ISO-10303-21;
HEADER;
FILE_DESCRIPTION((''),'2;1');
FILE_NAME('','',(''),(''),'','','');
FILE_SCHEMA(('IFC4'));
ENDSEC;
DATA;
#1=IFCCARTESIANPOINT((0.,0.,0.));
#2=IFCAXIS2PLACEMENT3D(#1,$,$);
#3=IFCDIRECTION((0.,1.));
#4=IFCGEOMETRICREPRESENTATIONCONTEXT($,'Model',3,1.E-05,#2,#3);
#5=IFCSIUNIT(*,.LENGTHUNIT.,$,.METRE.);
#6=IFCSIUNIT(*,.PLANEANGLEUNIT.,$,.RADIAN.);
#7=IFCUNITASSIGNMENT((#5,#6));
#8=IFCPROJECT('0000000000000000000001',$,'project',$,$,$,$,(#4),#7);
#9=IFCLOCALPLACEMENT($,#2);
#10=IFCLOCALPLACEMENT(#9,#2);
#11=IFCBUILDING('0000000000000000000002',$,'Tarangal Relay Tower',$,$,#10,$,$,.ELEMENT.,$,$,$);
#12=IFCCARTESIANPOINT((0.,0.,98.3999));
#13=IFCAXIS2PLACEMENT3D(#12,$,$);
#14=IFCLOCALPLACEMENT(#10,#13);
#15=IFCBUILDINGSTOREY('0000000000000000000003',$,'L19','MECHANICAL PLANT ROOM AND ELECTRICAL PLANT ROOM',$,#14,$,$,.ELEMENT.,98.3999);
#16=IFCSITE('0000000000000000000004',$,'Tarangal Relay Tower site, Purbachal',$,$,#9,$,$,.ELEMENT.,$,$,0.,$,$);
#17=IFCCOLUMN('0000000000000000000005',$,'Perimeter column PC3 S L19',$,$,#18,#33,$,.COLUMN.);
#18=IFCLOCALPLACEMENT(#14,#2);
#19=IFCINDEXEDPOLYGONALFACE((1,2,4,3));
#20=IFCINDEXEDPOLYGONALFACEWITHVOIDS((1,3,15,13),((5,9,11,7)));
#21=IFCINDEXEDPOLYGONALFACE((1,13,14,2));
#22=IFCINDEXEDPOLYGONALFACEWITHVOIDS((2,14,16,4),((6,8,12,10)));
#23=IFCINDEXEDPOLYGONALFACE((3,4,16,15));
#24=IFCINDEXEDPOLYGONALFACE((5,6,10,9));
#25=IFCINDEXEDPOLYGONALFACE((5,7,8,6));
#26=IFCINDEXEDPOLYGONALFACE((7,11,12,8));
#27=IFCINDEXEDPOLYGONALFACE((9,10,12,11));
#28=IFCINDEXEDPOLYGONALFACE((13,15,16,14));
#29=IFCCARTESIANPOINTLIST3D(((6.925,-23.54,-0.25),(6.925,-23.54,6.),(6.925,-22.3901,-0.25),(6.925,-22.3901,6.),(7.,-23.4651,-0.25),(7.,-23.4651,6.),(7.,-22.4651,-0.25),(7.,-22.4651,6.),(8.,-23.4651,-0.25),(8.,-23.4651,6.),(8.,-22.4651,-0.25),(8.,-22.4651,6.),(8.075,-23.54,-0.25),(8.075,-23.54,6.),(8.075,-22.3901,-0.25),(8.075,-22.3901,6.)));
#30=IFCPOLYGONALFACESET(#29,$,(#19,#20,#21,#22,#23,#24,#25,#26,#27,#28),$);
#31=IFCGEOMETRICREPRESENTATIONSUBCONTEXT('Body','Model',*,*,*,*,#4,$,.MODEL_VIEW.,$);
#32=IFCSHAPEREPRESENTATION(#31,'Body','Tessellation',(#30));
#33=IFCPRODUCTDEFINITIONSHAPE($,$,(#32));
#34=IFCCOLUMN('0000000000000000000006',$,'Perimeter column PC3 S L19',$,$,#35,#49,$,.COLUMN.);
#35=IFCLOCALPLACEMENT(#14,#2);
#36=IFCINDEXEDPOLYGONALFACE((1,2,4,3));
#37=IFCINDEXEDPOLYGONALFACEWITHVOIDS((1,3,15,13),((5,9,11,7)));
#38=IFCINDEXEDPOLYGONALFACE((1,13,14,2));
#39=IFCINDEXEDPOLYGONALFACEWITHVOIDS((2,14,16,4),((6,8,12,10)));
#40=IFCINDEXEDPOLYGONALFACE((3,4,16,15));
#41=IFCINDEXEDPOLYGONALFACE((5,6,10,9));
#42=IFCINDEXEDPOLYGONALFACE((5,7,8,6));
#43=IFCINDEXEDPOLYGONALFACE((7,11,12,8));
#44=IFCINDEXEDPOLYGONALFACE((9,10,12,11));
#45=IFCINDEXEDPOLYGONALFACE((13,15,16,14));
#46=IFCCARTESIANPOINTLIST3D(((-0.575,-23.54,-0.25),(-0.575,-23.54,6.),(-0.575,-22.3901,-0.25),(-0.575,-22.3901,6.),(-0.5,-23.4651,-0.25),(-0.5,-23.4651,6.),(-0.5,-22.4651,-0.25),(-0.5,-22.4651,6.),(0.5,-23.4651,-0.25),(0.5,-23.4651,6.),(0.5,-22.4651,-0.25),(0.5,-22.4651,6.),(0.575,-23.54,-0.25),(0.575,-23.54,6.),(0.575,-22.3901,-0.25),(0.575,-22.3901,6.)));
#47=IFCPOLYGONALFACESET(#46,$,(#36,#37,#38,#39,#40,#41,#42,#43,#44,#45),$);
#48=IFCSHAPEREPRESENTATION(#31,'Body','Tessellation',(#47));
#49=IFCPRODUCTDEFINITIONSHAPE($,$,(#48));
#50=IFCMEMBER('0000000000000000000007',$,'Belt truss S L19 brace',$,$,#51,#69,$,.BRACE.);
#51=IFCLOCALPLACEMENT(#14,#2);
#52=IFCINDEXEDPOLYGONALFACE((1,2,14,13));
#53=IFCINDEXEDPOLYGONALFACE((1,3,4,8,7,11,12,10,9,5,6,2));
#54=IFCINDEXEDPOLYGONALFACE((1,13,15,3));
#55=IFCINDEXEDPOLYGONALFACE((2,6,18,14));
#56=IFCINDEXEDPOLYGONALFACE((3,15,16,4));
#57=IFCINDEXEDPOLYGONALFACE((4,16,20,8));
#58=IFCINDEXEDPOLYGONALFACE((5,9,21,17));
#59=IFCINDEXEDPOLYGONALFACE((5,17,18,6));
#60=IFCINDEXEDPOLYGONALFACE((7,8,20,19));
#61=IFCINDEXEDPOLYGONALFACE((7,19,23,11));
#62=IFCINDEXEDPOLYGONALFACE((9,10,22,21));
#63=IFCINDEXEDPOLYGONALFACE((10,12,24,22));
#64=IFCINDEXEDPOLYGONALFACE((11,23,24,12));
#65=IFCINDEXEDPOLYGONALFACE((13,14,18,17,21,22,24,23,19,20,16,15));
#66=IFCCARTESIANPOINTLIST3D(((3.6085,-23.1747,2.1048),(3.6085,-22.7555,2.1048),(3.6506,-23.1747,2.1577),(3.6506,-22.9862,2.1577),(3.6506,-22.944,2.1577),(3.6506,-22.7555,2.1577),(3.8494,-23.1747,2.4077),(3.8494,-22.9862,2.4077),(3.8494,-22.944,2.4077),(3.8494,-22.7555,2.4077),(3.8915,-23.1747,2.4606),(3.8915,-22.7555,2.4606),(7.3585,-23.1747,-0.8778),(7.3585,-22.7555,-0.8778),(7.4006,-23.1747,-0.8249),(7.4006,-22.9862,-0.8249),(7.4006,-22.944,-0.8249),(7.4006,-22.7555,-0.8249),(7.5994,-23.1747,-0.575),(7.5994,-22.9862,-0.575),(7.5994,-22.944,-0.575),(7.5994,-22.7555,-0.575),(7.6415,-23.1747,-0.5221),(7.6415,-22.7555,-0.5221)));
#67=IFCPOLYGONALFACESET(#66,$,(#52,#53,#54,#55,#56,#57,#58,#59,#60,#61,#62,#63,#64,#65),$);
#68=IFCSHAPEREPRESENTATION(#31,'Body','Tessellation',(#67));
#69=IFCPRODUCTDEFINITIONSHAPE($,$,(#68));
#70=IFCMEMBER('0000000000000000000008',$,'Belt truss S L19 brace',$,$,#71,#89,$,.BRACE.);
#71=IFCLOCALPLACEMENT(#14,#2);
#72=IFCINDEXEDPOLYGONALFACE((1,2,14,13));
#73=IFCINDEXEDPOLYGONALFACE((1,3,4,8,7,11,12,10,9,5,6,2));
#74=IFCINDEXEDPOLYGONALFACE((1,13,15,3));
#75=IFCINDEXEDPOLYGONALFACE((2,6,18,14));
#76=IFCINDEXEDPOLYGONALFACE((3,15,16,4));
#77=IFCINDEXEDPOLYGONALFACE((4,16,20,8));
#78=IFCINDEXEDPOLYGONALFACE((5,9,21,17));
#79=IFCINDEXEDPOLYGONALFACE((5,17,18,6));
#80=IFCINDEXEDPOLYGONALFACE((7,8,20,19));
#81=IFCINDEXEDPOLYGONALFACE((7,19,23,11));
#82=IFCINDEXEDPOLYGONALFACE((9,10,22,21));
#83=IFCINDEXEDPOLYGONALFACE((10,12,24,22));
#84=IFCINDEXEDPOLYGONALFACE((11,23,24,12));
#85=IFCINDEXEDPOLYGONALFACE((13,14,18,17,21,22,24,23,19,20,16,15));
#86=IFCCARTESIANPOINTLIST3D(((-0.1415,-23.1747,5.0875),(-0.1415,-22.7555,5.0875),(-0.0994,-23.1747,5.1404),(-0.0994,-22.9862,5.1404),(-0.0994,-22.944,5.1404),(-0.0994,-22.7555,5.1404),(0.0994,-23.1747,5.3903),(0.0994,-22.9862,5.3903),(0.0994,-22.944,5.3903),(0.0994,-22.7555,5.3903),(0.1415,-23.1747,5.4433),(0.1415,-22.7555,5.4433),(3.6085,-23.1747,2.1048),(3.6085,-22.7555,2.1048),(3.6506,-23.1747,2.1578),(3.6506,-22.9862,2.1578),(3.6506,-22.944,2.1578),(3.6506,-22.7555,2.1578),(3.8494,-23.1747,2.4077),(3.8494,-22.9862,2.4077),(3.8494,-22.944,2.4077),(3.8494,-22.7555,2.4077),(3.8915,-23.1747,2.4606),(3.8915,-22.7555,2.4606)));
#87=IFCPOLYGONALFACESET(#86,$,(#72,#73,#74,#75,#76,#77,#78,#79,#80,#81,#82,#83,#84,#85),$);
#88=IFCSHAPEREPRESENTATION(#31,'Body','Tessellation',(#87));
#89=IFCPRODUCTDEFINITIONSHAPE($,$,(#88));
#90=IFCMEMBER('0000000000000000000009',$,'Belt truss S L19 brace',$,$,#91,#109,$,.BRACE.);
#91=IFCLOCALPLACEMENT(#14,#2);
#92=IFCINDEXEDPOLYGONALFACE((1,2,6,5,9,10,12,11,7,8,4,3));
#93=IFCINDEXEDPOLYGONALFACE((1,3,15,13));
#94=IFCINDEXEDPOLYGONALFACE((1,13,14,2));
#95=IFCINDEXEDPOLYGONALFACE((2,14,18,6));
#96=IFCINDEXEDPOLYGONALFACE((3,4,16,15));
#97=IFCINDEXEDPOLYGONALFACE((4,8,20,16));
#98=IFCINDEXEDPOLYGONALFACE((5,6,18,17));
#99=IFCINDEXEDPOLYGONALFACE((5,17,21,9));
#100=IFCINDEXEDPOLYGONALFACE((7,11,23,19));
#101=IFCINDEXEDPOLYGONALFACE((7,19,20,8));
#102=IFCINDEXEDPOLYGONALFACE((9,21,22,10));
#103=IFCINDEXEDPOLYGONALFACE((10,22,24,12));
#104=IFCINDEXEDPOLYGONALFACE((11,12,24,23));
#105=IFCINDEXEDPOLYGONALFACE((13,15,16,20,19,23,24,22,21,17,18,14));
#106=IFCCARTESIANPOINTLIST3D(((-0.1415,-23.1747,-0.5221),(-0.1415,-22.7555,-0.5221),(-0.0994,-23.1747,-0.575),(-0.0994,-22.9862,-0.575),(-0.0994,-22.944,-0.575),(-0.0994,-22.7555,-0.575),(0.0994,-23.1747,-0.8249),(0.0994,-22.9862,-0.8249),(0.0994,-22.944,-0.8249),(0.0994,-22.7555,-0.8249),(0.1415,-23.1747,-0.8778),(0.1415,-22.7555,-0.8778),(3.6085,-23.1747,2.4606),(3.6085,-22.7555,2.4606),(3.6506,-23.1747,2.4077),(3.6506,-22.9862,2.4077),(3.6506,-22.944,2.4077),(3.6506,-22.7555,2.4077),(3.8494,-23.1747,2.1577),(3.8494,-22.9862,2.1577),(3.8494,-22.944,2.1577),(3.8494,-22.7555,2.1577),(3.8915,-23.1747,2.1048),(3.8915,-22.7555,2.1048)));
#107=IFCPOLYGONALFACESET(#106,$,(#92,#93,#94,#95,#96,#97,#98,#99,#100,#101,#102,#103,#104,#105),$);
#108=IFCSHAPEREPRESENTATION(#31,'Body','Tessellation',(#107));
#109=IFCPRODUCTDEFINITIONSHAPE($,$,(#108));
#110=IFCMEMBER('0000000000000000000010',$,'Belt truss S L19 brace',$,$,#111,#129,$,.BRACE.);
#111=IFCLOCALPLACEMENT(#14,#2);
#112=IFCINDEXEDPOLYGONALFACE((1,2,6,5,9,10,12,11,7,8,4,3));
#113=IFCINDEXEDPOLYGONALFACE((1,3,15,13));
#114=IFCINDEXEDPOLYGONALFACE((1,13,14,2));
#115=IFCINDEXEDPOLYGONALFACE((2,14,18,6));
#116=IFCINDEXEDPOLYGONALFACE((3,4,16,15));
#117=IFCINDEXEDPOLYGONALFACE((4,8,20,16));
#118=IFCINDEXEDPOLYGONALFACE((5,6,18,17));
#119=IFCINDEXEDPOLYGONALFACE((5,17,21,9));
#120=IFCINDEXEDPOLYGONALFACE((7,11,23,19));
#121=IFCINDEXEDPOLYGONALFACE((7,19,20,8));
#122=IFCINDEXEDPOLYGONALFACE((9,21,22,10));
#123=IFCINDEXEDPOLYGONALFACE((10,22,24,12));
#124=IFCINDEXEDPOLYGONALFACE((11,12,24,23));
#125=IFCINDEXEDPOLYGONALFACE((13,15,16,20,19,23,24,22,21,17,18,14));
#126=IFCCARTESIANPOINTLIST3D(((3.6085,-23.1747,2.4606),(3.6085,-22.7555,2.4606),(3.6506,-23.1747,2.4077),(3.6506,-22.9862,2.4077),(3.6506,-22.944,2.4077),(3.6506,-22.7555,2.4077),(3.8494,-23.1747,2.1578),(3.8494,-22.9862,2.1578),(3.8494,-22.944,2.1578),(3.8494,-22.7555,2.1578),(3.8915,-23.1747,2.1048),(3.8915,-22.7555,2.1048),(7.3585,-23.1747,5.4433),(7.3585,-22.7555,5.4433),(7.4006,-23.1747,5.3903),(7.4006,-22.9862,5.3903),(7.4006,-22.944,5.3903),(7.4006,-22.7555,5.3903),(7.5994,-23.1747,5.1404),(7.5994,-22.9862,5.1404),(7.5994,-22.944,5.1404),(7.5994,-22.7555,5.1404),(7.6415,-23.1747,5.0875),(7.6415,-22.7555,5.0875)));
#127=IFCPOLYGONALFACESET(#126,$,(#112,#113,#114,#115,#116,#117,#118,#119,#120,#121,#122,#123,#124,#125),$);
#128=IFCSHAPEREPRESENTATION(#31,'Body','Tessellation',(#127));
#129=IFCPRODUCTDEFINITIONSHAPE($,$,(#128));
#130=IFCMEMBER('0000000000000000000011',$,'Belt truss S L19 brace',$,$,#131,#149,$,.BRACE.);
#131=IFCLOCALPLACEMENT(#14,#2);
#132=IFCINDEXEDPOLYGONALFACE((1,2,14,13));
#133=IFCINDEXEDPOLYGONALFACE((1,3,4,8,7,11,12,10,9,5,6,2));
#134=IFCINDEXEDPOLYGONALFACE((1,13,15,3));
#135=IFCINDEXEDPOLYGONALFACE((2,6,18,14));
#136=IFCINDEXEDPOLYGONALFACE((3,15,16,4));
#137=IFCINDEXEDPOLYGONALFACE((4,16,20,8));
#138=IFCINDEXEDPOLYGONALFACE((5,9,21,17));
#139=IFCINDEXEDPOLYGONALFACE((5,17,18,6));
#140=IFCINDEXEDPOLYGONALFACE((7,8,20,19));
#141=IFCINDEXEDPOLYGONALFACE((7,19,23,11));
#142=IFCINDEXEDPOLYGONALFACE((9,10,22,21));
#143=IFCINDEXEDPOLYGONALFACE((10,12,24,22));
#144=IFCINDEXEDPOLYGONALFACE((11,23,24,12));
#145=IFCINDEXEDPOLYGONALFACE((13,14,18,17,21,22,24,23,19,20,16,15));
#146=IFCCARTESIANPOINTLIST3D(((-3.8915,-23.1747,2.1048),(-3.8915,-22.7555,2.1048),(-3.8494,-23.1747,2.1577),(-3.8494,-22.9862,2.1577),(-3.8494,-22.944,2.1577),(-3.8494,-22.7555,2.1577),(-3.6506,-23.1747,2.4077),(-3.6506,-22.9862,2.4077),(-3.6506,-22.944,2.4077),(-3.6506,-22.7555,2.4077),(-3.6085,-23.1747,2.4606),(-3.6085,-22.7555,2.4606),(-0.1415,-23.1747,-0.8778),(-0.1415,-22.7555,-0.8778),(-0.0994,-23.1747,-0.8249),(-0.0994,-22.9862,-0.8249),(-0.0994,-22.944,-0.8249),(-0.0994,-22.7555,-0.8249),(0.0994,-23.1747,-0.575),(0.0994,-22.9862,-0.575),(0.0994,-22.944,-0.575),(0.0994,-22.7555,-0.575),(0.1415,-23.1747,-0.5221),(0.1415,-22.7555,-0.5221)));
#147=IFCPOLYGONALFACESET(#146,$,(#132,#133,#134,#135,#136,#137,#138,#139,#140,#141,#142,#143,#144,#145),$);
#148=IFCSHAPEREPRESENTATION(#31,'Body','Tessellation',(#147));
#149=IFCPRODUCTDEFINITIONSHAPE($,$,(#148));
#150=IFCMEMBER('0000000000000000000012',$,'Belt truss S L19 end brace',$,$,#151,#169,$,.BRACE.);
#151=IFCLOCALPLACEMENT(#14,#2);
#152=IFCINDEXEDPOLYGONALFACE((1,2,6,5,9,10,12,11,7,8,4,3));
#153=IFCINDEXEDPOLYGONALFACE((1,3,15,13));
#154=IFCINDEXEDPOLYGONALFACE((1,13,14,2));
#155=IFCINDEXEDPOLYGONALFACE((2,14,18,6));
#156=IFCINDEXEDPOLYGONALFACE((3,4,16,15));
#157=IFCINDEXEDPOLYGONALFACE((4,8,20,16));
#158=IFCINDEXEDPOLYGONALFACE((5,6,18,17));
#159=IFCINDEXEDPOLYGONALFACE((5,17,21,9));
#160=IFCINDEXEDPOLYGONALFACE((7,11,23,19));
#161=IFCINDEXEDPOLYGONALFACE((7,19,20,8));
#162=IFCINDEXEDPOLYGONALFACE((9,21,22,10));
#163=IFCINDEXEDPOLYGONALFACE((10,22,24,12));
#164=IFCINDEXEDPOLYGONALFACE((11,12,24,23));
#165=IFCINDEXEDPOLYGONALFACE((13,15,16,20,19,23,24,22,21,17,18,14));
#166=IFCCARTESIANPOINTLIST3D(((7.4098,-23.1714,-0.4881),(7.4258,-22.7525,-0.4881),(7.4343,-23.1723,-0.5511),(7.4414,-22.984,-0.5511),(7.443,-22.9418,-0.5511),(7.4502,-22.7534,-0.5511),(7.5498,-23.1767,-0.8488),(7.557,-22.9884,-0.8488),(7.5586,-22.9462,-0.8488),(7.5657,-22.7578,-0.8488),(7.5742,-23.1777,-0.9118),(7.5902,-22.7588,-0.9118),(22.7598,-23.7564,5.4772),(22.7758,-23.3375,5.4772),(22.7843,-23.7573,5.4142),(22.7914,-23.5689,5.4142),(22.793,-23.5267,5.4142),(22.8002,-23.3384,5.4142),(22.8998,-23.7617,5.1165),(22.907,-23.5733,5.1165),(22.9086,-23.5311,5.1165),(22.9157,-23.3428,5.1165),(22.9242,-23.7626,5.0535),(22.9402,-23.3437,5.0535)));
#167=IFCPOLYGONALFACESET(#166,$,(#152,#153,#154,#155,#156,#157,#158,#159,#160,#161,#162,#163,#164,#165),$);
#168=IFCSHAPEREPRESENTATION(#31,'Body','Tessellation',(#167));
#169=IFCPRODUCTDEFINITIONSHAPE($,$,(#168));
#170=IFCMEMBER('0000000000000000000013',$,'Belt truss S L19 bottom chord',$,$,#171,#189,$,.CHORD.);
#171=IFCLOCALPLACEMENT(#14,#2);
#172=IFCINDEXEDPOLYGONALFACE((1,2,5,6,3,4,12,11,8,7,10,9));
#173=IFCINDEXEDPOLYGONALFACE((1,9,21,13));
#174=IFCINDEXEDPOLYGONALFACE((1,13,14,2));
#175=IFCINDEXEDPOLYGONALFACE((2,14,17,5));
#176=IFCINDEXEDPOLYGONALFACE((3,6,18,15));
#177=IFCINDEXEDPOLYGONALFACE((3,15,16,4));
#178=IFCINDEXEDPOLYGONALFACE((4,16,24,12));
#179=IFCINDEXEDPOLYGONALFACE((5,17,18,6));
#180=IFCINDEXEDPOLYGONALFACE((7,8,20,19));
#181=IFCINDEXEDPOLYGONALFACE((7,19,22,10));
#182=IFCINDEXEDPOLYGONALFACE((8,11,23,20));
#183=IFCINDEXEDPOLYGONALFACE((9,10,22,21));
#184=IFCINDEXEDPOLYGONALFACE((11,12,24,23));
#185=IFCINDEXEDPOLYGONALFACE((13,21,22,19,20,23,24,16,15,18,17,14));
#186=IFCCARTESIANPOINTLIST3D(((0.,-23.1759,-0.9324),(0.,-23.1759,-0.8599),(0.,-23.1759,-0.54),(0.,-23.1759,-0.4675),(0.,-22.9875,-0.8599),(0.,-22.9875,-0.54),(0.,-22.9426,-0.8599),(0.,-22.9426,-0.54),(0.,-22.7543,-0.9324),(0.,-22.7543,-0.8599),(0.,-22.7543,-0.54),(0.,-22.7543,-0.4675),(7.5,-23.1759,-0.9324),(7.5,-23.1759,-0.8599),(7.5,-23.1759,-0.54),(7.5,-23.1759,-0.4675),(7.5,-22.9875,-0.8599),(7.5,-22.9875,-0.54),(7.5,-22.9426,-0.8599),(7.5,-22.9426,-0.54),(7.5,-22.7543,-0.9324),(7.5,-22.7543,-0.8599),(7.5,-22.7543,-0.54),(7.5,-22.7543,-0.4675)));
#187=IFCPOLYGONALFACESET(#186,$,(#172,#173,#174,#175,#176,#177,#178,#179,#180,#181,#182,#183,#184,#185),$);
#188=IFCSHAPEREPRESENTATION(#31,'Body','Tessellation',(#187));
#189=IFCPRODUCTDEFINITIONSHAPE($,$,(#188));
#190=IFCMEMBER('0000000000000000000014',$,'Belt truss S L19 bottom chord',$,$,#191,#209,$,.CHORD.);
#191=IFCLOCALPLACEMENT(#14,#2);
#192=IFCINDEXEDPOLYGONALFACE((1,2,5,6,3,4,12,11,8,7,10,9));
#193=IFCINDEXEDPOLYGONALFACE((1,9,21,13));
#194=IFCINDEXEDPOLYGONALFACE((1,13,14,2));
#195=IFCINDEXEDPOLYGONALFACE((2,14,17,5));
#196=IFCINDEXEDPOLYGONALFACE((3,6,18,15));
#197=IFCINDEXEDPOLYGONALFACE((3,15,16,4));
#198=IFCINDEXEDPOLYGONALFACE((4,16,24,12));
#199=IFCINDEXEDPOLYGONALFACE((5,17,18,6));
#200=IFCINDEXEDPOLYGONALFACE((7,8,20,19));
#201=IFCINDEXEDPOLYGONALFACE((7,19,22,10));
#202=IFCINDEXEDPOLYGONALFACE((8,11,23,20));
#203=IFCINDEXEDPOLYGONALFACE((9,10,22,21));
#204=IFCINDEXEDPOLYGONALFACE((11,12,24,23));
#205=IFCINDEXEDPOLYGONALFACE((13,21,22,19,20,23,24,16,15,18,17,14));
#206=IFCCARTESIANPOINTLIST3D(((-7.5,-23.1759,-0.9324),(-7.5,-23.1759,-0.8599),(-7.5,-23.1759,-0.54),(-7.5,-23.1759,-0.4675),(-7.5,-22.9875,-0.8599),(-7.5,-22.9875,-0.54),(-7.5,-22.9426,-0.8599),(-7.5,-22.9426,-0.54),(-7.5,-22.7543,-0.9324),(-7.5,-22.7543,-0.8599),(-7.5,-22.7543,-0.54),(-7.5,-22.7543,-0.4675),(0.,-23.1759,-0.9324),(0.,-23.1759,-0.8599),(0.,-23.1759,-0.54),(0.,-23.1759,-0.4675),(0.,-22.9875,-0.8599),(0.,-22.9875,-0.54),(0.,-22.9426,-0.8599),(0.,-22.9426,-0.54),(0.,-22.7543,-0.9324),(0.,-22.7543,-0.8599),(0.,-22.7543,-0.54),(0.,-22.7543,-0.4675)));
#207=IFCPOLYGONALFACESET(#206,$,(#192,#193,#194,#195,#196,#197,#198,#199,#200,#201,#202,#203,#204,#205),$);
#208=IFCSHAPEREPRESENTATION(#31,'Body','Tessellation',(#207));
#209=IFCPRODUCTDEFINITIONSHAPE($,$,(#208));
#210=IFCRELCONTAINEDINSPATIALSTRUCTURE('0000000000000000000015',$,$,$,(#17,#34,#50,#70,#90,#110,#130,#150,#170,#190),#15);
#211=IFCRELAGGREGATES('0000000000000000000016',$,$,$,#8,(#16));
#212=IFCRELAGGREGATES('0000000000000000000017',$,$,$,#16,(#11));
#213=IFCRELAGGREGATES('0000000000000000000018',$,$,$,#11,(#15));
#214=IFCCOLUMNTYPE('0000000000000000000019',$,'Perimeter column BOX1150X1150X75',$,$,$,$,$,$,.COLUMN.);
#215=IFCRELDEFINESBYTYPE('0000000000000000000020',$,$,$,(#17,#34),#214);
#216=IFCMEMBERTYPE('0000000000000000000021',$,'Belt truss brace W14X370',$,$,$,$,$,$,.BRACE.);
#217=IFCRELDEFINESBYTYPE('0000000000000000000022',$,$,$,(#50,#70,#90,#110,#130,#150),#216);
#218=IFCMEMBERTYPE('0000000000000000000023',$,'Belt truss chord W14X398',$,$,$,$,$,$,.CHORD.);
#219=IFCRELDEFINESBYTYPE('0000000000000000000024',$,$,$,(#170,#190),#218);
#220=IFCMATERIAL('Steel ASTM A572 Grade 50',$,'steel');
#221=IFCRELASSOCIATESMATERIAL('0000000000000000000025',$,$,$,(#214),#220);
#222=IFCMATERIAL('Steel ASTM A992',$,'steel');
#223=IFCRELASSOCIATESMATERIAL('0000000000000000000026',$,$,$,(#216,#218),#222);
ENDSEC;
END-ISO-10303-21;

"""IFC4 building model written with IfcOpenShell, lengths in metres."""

from ifc_helpers import new_model, si_unit, direction, frame, origin, origin_2d, place, context, subcontext, project, spatial, hollow_rectangle, i_section, extrude, material, material_profile, profile_set, type_object, element, save


model = new_model("IFC4")

# Units and contexts
model_context = context("Model", 3, precision=1e-05, world=origin(), true_north=direction((0.0, 1.0)))
body_context = subcontext(model_context, "Body", "Model", "MODEL_VIEW")
ifc_project = project(units=[si_unit("LENGTHUNIT", "METRE"), si_unit("PLANEANGLEUNIT", "RADIAN")], contexts=[model_context])

# Site, building, storey
site_placement = place(None, origin())
site = spatial("IfcSite", under=ifc_project, at=site_placement, Name="Tarangal Relay Tower site, Purbachal", CompositionType="ELEMENT", RefElevation=0.0)
building_placement = place(site_placement, origin())
building = spatial("IfcBuilding", under=site, at=building_placement, Name="Tarangal Relay Tower", CompositionType="ELEMENT")
storey_placement = place(building_placement, frame((0.0, 0.0, 98.3999)))
storey = spatial("IfcBuildingStorey", under=building, at=storey_placement, Name="L19", Description="MECHANICAL PLANT ROOM AND ELECTRICAL PLANT ROOM", CompositionType="ELEMENT", Elevation=98.3999)

# Columns
ifc_material_1 = material(Name="Steel ASTM A572 Grade 50", Category="steel")
ifc_material_profile_1 = material_profile(ifc_material_1, hollow_rectangle(XDim=1.1499, YDim=1.1499, WallThickness=0.075, at=origin_2d()), Name="BOX1150X1150X75")
ifc_profile_set_1 = profile_set([ifc_material_profile_1], Name="Steel ASTM A572 Grade 50")
column_type = type_object("IfcColumnType", Name="Perimeter column BOX1150X1150X75", PredefinedType="COLUMN", material=ifc_profile_set_1)
for number, where, z_axis, x_axis, name in (
    (1, (7.5, -22.9651, -0.25), (0.0, 0.0, 1.0), (1.0, 0.0, 0.0), "Perimeter column PC3 S L19"),
    (2, (0.0, -22.9651, -0.25), (0.0, 0.0, 1.0), (1.0, 0.0, 0.0), "Perimeter column PC3 S L19"),
):
    element("IfcColumn", number, at=place(storey_placement, frame(where, z_axis=z_axis, x_axis=x_axis)), inside=storey, type_object=column_type, Name=name, PredefinedType="COLUMN", context=body_context, shape_type="SweptSolid", body=[
        extrude(hollow_rectangle(XDim=1.1499, YDim=1.1499, WallThickness=0.075, at=origin_2d()), origin(), (0.0, 0.0, 1.0), 6.25),
    ])

# Members
ifc_material_2 = material(Name="Steel ASTM A992", Category="steel")
ifc_material_profile_2 = material_profile(ifc_material_2, i_section(OverallWidth=0.4192, OverallDepth=0.4546, WebThickness=0.0422, FlangeThickness=0.0676, at=origin_2d()), Name="W14X370")
ifc_profile_set_2 = profile_set([ifc_material_profile_2], Name="Steel ASTM A992")
member_type_1 = type_object("IfcMemberType", Name="Belt truss brace W14X370", PredefinedType="BRACE", material=ifc_profile_set_2)
for number, where, z_axis, x_axis, name in (
    (3, (7.5, -22.9651, -0.7), (-0.78263, 0.0, 0.622487), (0.0, -1.0, 0.0), "Belt truss S L19 brace"),
    (4, (3.75, -22.9651, 2.2827), (-0.78263, 0.0, 0.622487), (0.0, -1.0, 0.0), "Belt truss S L19 brace"),
    (5, (0.0, -22.9651, -0.7), (0.78263, 0.0, 0.622487), (0.0, 1.0, 0.0), "Belt truss S L19 brace"),
    (6, (3.75, -22.9651, 2.2827), (0.78263, 0.0, 0.622487), (0.0, 1.0, 0.0), "Belt truss S L19 brace"),
    (7, (0.0, -22.9651, -0.7), (-0.78263, 0.0, 0.622487), (0.0, -1.0, 0.0), "Belt truss S L19 brace"),
):
    element("IfcMember", number, at=place(storey_placement, frame(where, z_axis=z_axis, x_axis=x_axis)), inside=storey, type_object=member_type_1, Name=name, PredefinedType="BRACE", context=body_context, shape_type="SweptSolid", body=[
        extrude(i_section(OverallWidth=0.4192, OverallDepth=0.4546, WebThickness=0.0422, FlangeThickness=0.0676, at=origin_2d()), origin(), (0.0, 0.0, 1.0), 4.7915),
    ])
member_1_placement = place(storey_placement, frame((7.5, -22.9651, -0.7), z_axis=(0.931502, -0.035498, 0.361999), x_axis=(0.03808, 0.999275, 0.0)))
element("IfcMember", 8, at=member_1_placement, inside=storey, type_object=member_type_1, Name="Belt truss S L19 end brace", PredefinedType="BRACE", context=body_context, shape_type="SweptSolid", body=[
    extrude(i_section(OverallWidth=0.4192, OverallDepth=0.4546, WebThickness=0.0422, FlangeThickness=0.0676, at=origin_2d()), origin(), (0.0, 0.0, 1.0), 16.4788),
])
ifc_material_profile_3 = material_profile(ifc_material_2, i_section(OverallWidth=0.4216, OverallDepth=0.4648, WebThickness=0.0449, FlangeThickness=0.0725, at=origin_2d()), Name="W14X398")
ifc_profile_set_3 = profile_set([ifc_material_profile_3], Name="Steel ASTM A992")
member_type_2 = type_object("IfcMemberType", Name="Belt truss chord W14X398", PredefinedType="CHORD", material=ifc_profile_set_3)
for number, where, z_axis, x_axis, name in (
    (9, (7.5, -22.9651, -0.7), (-1.0, 0.0, 0.0), (0.0, -1.0, 0.0), "Belt truss S L19 bottom chord"),
    (10, (0.0, -22.9651, -0.7), (-1.0, 0.0, 0.0), (0.0, -1.0, 0.0), "Belt truss S L19 bottom chord"),
):
    element("IfcMember", number, at=place(storey_placement, frame(where, z_axis=z_axis, x_axis=x_axis)), inside=storey, type_object=member_type_2, Name=name, PredefinedType="CHORD", context=body_context, shape_type="SweptSolid", body=[
        extrude(i_section(OverallWidth=0.4216, OverallDepth=0.4648, WebThickness=0.0449, FlangeThickness=0.0725, at=origin_2d()), origin(), (0.0, 0.0, 1.0), 7.5),
    ])

save(model, "model.ifc")
